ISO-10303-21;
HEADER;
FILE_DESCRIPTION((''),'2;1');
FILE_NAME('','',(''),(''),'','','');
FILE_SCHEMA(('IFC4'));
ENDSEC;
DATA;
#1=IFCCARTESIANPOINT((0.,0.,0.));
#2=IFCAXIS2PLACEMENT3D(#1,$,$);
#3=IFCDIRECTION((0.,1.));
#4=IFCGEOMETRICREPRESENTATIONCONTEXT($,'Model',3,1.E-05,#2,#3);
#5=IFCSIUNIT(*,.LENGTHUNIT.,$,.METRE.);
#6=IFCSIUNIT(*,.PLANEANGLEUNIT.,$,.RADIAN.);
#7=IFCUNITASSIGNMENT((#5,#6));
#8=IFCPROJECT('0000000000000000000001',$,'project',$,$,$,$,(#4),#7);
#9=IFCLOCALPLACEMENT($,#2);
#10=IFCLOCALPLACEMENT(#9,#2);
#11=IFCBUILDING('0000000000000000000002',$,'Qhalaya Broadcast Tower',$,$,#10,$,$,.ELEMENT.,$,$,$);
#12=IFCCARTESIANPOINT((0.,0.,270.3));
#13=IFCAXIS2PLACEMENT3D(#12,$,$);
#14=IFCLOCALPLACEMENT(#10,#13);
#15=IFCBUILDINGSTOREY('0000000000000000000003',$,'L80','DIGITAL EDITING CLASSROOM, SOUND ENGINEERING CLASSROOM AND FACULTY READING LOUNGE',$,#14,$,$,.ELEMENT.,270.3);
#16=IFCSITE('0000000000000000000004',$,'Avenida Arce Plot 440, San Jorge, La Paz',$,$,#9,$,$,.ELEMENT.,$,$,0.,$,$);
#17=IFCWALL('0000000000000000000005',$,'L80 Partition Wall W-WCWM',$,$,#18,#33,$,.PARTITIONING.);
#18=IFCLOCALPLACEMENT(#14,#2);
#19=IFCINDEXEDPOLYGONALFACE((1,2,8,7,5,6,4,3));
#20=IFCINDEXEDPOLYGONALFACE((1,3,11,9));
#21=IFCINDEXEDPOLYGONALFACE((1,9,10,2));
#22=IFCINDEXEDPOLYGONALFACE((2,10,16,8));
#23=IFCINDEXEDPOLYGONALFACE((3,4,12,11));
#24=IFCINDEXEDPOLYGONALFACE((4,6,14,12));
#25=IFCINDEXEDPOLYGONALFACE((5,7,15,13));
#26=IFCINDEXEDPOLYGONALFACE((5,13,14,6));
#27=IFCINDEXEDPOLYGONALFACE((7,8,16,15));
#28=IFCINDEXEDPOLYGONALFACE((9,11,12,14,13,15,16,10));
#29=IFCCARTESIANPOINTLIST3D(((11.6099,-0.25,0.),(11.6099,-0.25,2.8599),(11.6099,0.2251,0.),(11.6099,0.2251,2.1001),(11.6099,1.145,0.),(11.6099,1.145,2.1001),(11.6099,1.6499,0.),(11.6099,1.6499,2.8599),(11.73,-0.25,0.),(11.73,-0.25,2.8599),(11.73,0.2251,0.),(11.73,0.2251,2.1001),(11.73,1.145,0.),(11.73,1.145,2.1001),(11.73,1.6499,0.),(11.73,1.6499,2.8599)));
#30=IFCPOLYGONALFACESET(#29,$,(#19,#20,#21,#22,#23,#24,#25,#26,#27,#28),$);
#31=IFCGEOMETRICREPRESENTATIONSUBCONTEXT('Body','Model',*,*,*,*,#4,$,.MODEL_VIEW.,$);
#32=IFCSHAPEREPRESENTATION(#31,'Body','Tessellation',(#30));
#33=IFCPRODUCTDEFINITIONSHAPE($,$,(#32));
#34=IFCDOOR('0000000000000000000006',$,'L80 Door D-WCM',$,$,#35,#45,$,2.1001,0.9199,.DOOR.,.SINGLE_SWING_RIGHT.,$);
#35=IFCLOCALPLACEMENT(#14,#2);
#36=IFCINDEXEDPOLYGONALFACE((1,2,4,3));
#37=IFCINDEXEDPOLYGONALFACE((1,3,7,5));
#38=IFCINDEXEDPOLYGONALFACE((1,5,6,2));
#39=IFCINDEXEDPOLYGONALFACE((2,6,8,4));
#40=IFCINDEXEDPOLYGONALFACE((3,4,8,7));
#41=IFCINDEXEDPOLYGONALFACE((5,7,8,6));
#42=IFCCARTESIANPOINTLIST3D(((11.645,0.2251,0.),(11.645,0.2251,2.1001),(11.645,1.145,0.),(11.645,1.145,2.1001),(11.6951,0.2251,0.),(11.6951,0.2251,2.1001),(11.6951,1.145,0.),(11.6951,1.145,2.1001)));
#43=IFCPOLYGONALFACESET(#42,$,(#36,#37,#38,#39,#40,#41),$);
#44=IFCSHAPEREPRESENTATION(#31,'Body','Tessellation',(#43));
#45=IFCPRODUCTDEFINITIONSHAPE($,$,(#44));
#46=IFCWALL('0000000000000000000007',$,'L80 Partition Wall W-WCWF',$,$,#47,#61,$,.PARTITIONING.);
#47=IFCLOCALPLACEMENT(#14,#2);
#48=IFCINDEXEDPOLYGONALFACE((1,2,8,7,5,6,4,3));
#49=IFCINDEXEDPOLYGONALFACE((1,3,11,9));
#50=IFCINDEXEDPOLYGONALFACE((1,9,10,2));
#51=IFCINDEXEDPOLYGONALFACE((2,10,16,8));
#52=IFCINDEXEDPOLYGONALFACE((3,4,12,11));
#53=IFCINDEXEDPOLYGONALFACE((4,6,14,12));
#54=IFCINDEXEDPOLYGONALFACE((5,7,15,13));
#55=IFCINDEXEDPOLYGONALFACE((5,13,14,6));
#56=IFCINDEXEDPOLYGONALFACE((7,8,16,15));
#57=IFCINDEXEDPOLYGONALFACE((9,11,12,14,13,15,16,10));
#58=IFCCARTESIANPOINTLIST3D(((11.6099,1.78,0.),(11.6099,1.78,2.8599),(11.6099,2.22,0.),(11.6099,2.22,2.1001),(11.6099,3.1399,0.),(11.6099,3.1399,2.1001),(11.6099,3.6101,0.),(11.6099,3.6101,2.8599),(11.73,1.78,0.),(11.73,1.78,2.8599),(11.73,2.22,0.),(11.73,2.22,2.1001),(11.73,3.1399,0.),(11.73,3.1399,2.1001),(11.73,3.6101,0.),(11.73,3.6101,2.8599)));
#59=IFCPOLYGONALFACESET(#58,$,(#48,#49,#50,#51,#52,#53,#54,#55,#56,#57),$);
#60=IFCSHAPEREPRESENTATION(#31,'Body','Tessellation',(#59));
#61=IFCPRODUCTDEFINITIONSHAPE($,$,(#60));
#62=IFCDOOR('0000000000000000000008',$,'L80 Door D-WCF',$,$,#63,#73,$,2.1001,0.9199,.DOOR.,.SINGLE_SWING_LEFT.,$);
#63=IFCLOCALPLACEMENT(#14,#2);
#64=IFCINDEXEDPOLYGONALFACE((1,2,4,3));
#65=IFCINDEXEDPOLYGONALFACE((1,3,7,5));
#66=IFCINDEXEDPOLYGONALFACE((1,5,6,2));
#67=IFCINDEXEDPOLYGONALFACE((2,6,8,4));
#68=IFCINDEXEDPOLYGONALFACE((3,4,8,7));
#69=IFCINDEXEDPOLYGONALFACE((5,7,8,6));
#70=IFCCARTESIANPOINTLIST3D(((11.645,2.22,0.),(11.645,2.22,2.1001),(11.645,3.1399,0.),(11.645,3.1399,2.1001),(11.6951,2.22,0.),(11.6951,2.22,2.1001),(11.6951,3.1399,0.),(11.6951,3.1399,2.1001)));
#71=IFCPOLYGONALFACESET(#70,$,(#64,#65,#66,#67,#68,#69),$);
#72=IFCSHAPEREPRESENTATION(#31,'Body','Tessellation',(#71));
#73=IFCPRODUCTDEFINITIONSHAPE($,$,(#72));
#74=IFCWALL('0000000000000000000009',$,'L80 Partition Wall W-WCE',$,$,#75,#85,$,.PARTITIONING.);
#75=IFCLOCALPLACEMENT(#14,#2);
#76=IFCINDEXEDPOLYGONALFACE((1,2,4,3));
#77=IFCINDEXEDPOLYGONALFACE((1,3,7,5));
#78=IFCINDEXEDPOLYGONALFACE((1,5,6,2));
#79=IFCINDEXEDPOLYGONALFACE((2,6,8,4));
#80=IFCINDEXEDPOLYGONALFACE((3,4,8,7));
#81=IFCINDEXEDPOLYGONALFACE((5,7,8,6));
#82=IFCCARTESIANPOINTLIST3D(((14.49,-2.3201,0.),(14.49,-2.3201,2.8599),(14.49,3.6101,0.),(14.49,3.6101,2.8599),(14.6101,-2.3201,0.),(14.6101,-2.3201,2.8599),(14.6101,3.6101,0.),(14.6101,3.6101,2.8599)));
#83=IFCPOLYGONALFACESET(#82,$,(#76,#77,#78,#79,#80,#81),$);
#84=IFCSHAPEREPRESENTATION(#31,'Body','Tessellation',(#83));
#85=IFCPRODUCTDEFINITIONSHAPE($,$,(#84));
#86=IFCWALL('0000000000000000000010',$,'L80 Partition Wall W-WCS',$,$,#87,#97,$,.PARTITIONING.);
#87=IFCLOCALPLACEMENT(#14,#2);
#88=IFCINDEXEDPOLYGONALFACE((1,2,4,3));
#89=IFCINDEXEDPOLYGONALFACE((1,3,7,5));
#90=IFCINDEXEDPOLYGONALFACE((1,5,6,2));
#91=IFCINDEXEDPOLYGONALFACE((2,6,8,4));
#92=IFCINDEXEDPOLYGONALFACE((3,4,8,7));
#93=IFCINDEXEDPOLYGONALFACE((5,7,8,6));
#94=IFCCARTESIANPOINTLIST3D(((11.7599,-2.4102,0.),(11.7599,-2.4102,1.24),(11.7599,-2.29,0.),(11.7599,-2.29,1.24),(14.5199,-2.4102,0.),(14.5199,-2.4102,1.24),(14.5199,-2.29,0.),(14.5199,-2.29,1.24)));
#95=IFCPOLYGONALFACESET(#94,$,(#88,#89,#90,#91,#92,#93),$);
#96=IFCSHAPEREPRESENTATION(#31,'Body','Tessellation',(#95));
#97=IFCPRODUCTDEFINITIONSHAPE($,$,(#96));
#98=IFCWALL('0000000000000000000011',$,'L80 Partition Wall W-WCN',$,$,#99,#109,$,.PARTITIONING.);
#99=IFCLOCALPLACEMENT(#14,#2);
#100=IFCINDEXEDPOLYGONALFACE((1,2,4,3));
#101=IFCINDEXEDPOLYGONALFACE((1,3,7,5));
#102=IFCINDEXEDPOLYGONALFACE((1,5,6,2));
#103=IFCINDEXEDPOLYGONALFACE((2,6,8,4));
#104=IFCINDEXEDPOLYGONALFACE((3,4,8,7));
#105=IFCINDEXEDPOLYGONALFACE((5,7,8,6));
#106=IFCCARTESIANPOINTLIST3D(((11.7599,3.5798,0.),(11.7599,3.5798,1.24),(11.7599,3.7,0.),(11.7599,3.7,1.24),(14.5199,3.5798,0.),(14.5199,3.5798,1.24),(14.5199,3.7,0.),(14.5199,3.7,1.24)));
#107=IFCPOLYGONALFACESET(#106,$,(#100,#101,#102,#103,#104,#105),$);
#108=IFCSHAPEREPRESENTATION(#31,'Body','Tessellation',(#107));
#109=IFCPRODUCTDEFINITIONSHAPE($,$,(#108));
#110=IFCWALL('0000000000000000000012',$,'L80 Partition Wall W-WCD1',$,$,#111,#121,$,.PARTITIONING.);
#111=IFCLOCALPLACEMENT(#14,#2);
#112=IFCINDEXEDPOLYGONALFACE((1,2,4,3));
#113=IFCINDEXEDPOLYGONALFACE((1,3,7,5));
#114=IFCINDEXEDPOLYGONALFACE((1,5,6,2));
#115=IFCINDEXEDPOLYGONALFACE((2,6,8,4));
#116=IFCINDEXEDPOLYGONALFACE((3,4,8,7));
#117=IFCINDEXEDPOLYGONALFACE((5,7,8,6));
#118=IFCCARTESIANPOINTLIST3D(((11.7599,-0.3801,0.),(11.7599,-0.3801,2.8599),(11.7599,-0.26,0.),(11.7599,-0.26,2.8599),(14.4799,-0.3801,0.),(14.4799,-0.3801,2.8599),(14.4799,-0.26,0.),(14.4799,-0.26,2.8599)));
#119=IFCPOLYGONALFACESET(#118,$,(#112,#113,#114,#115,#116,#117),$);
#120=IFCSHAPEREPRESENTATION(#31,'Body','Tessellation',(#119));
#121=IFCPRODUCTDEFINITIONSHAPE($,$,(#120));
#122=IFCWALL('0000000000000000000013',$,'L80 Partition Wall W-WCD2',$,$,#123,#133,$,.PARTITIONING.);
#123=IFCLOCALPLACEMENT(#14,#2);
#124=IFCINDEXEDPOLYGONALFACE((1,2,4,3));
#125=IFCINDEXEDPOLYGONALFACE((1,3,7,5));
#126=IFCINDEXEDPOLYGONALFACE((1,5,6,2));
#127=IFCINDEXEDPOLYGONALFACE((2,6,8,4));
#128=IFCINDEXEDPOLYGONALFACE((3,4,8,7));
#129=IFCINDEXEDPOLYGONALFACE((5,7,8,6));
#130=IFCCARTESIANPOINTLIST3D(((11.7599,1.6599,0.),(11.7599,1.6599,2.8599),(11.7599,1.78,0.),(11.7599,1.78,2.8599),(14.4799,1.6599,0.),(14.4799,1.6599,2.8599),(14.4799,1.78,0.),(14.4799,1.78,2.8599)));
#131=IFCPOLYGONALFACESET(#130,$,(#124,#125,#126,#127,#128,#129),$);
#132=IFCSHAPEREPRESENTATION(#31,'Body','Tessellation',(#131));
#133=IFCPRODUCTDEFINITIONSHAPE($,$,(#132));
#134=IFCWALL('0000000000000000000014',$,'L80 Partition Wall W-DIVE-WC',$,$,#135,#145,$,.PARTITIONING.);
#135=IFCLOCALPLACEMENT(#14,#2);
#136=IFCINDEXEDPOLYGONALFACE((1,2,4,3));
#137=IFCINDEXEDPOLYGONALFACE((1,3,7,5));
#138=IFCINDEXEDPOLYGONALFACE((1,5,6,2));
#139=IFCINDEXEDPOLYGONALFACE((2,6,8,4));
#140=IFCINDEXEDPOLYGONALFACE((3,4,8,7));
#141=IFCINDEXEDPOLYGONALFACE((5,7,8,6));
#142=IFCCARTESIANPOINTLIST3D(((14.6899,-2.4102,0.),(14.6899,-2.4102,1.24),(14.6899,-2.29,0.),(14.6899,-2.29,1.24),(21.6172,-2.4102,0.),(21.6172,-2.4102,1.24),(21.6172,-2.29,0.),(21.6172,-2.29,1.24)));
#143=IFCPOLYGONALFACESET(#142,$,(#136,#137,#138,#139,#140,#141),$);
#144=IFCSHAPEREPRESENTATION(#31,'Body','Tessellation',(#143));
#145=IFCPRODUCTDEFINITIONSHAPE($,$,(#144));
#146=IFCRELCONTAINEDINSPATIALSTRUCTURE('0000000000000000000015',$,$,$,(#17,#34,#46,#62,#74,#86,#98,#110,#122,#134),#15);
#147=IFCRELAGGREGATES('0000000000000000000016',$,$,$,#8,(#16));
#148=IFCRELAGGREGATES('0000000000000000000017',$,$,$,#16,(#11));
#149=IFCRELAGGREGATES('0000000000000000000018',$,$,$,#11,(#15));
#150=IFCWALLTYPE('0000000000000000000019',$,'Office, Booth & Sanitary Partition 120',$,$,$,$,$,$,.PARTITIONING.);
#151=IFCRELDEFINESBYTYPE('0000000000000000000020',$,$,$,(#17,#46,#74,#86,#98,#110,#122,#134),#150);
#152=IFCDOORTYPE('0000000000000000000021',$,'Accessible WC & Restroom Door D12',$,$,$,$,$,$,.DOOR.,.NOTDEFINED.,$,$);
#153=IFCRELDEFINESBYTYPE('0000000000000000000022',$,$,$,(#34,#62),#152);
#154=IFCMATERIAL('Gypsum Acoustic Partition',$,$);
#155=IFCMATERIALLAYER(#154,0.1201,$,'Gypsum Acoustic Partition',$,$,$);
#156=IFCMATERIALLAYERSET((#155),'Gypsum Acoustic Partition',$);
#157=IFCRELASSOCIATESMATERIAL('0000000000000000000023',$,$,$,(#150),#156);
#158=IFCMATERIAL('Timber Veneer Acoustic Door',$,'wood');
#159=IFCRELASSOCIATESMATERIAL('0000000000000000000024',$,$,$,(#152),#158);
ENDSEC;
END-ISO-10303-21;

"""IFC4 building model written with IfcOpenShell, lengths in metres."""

from ifc_helpers import new_model, si_unit, direction, frame, frame_2d, origin, place, context, subcontext, project, spatial, rectangle, extrude, material, layer, layer_set, type_object, element, fill, save


model = new_model("IFC4")

# Units and contexts
model_context = context("Model", 3, precision=1e-05, world=origin(), true_north=direction((0.0, 1.0)))
body_context = subcontext(model_context, "Body", "Model", "MODEL_VIEW")
ifc_project = project(units=[si_unit("LENGTHUNIT", "METRE"), si_unit("PLANEANGLEUNIT", "RADIAN")], contexts=[model_context])

# Site, building, storey
site_placement = place(None, origin())
site = spatial("IfcSite", under=ifc_project, at=site_placement, Name="Avenida Arce Plot 440, San Jorge, La Paz", CompositionType="ELEMENT", RefElevation=0.0)
building_placement = place(site_placement, origin())
building = spatial("IfcBuilding", under=site, at=building_placement, Name="Qhalaya Broadcast Tower", CompositionType="ELEMENT")
storey_placement = place(building_placement, frame((0.0, 0.0, 270.3)))
storey = spatial("IfcBuildingStorey", under=building, at=storey_placement, Name="L80", Description="DIGITAL EDITING CLASSROOM, SOUND ENGINEERING CLASSROOM AND FACULTY READING LOUNGE", CompositionType="ELEMENT", Elevation=270.3)

# Walls, openings, doors
ifc_material_1 = material(Name="Gypsum Acoustic Partition")
ifc_layer_1 = layer(ifc_material_1, 0.1201, Name="Gypsum Acoustic Partition")
ifc_layer_set_1 = layer_set([ifc_layer_1], Name="Gypsum Acoustic Partition")
wall_type = type_object("IfcWallType", Name="Office, Booth & Sanitary Partition 120", PredefinedType="PARTITIONING", material=ifc_layer_set_1)
ifc_material_2 = material(Name="Timber Veneer Acoustic Door", Category="wood")
door_type = type_object("IfcDoorType", Name="Accessible WC & Restroom Door D12", OperationType="NOTDEFINED", PredefinedType="DOOR", material=ifc_material_2)
wall_1_placement = place(storey_placement, frame((11.6699, -0.25, 0.0), z_axis=(0.0, 0.0, 1.0), x_axis=(0.0, 1.0, 0.0)))
wall_1 = element("IfcWall", 1, at=wall_1_placement, inside=storey, type_object=wall_type, Name="L80 Partition Wall W-WCWM", PredefinedType="PARTITIONING", context=body_context, shape_type="SweptSolid", body=[
    extrude(rectangle(XDim=1.8999, YDim=0.1201, at=frame_2d((0.95, 0.0))), origin(), (0.0, 0.0, 1.0), 2.8599),
])
opening_1_placement = place(wall_1_placement, frame((0.4751, 0.0, 0.0)))
opening_1 = element("IfcOpeningElement", 2, at=opening_1_placement, cuts=wall_1, PredefinedType="OPENING", context=body_context, shape_type="SweptSolid", body=[
    extrude(rectangle(XDim=0.9199, YDim=2.1001, at=frame_2d((0.46, 1.05))), frame((0.0, 0.072, 0.0), z_axis=(0.0, -1.0, 0.0), x_axis=(1.0, 0.0, 0.0)), (0.0, 0.0, 1.0), 0.144),
])
door_1_placement = place(opening_1_placement, origin())
door_1 = element("IfcDoor", 3, at=door_1_placement, inside=storey, type_object=door_type, Name="L80 Door D-WCM", OperationType="SINGLE_SWING_RIGHT", OverallHeight=2.1001, OverallWidth=0.9199, PredefinedType="DOOR", context=body_context, shape_type="SweptSolid", body=[
    extrude(rectangle(XDim=0.9199, YDim=2.1001, at=frame_2d((0.46, 1.05))), frame((0.0, 0.0249, 0.0), z_axis=(0.0, -1.0, 0.0), x_axis=(1.0, 0.0, 0.0)), (0.0, 0.0, 1.0), 0.05),
])
fill(opening_1, door_1)
wall_2_placement = place(storey_placement, frame((11.6699, 1.78, 0.0), z_axis=(0.0, 0.0, 1.0), x_axis=(0.0, 1.0, 0.0)))
wall_2 = element("IfcWall", 4, at=wall_2_placement, inside=storey, type_object=wall_type, Name="L80 Partition Wall W-WCWF", PredefinedType="PARTITIONING", context=body_context, shape_type="SweptSolid", body=[
    extrude(rectangle(XDim=1.8301, YDim=0.1201, at=frame_2d((0.915, 0.0))), origin(), (0.0, 0.0, 1.0), 2.8599),
])
opening_2_placement = place(wall_2_placement, frame((0.4399, 0.0, 0.0)))
opening_2 = element("IfcOpeningElement", 5, at=opening_2_placement, cuts=wall_2, PredefinedType="OPENING", context=body_context, shape_type="SweptSolid", body=[
    extrude(rectangle(XDim=0.9199, YDim=2.1001, at=frame_2d((0.46, 1.05))), frame((0.0, 0.072, 0.0), z_axis=(0.0, -1.0, 0.0), x_axis=(1.0, 0.0, 0.0)), (0.0, 0.0, 1.0), 0.144),
])
door_2_placement = place(opening_2_placement, origin())
door_2 = element("IfcDoor", 6, at=door_2_placement, inside=storey, type_object=door_type, Name="L80 Door D-WCF", OperationType="SINGLE_SWING_LEFT", OverallHeight=2.1001, OverallWidth=0.9199, PredefinedType="DOOR", context=body_context, shape_type="SweptSolid", body=[
    extrude(rectangle(XDim=0.9199, YDim=2.1001, at=frame_2d((0.46, 1.05))), frame((0.0, 0.0249, 0.0), z_axis=(0.0, -1.0, 0.0), x_axis=(1.0, 0.0, 0.0)), (0.0, 0.0, 1.0), 0.05),
])
fill(opening_2, door_2)

# Walls
wall_3_placement = place(storey_placement, frame((14.55, -2.3201, 0.0), z_axis=(0.0, 0.0, 1.0), x_axis=(0.0, 1.0, 0.0)))
element("IfcWall", 7, at=wall_3_placement, inside=storey, type_object=wall_type, Name="L80 Partition Wall W-WCE", PredefinedType="PARTITIONING", context=body_context, shape_type="SweptSolid", body=[
    extrude(rectangle(XDim=5.9302, YDim=0.1201, at=frame_2d((2.9651, 0.0))), origin(), (0.0, 0.0, 1.0), 2.8599),
])
for number, where, z_axis, x_axis, name in (
    (8, (11.76, -2.3501, 0.0), (0.0, 0.0, 1.0), (1.0, 0.0, 0.0), "L80 Partition Wall W-WCS"),
    (9, (11.76, 3.6399, 0.0), (0.0, 0.0, 1.0), (1.0, 0.0, 0.0), "L80 Partition Wall W-WCN"),
):
    element("IfcWall", number, at=place(storey_placement, frame(where, z_axis=z_axis, x_axis=x_axis)), inside=storey, type_object=wall_type, Name=name, PredefinedType="PARTITIONING", context=body_context, shape_type="SweptSolid", body=[
        extrude(rectangle(XDim=2.76, YDim=0.1201, at=frame_2d((1.3799, 0.0))), origin(), (0.0, 0.0, 1.0), 1.24),
    ])
for number, where, z_axis, x_axis, name in (
    (10, (11.76, -0.3201, 0.0), (0.0, 0.0, 1.0), (1.0, 0.0, 0.0), "L80 Partition Wall W-WCD1"),
    (11, (11.76, 1.72, 0.0), (0.0, 0.0, 1.0), (1.0, 0.0, 0.0), "L80 Partition Wall W-WCD2"),
):
    element("IfcWall", number, at=place(storey_placement, frame(where, z_axis=z_axis, x_axis=x_axis)), inside=storey, type_object=wall_type, Name=name, PredefinedType="PARTITIONING", context=body_context, shape_type="SweptSolid", body=[
        extrude(rectangle(XDim=2.72, YDim=0.1201, at=frame_2d((1.3599, 0.0))), origin(), (0.0, 0.0, 1.0), 2.8599),
    ])
wall_4_placement = place(storey_placement, frame((14.6899, -2.3501, 0.0), z_axis=(0.0, 0.0, 1.0), x_axis=(1.0, 0.0, 0.0)))
element("IfcWall", 12, at=wall_4_placement, inside=storey, type_object=wall_type, Name="L80 Partition Wall W-DIVE-WC", PredefinedType="PARTITIONING", context=body_context, shape_type="SweptSolid", body=[
    extrude(rectangle(XDim=6.9272, YDim=0.1201, at=frame_2d((3.4636, 0.0))), origin(), (0.0, 0.0, 1.0), 1.24),
])

save(model, "model.ifc")
